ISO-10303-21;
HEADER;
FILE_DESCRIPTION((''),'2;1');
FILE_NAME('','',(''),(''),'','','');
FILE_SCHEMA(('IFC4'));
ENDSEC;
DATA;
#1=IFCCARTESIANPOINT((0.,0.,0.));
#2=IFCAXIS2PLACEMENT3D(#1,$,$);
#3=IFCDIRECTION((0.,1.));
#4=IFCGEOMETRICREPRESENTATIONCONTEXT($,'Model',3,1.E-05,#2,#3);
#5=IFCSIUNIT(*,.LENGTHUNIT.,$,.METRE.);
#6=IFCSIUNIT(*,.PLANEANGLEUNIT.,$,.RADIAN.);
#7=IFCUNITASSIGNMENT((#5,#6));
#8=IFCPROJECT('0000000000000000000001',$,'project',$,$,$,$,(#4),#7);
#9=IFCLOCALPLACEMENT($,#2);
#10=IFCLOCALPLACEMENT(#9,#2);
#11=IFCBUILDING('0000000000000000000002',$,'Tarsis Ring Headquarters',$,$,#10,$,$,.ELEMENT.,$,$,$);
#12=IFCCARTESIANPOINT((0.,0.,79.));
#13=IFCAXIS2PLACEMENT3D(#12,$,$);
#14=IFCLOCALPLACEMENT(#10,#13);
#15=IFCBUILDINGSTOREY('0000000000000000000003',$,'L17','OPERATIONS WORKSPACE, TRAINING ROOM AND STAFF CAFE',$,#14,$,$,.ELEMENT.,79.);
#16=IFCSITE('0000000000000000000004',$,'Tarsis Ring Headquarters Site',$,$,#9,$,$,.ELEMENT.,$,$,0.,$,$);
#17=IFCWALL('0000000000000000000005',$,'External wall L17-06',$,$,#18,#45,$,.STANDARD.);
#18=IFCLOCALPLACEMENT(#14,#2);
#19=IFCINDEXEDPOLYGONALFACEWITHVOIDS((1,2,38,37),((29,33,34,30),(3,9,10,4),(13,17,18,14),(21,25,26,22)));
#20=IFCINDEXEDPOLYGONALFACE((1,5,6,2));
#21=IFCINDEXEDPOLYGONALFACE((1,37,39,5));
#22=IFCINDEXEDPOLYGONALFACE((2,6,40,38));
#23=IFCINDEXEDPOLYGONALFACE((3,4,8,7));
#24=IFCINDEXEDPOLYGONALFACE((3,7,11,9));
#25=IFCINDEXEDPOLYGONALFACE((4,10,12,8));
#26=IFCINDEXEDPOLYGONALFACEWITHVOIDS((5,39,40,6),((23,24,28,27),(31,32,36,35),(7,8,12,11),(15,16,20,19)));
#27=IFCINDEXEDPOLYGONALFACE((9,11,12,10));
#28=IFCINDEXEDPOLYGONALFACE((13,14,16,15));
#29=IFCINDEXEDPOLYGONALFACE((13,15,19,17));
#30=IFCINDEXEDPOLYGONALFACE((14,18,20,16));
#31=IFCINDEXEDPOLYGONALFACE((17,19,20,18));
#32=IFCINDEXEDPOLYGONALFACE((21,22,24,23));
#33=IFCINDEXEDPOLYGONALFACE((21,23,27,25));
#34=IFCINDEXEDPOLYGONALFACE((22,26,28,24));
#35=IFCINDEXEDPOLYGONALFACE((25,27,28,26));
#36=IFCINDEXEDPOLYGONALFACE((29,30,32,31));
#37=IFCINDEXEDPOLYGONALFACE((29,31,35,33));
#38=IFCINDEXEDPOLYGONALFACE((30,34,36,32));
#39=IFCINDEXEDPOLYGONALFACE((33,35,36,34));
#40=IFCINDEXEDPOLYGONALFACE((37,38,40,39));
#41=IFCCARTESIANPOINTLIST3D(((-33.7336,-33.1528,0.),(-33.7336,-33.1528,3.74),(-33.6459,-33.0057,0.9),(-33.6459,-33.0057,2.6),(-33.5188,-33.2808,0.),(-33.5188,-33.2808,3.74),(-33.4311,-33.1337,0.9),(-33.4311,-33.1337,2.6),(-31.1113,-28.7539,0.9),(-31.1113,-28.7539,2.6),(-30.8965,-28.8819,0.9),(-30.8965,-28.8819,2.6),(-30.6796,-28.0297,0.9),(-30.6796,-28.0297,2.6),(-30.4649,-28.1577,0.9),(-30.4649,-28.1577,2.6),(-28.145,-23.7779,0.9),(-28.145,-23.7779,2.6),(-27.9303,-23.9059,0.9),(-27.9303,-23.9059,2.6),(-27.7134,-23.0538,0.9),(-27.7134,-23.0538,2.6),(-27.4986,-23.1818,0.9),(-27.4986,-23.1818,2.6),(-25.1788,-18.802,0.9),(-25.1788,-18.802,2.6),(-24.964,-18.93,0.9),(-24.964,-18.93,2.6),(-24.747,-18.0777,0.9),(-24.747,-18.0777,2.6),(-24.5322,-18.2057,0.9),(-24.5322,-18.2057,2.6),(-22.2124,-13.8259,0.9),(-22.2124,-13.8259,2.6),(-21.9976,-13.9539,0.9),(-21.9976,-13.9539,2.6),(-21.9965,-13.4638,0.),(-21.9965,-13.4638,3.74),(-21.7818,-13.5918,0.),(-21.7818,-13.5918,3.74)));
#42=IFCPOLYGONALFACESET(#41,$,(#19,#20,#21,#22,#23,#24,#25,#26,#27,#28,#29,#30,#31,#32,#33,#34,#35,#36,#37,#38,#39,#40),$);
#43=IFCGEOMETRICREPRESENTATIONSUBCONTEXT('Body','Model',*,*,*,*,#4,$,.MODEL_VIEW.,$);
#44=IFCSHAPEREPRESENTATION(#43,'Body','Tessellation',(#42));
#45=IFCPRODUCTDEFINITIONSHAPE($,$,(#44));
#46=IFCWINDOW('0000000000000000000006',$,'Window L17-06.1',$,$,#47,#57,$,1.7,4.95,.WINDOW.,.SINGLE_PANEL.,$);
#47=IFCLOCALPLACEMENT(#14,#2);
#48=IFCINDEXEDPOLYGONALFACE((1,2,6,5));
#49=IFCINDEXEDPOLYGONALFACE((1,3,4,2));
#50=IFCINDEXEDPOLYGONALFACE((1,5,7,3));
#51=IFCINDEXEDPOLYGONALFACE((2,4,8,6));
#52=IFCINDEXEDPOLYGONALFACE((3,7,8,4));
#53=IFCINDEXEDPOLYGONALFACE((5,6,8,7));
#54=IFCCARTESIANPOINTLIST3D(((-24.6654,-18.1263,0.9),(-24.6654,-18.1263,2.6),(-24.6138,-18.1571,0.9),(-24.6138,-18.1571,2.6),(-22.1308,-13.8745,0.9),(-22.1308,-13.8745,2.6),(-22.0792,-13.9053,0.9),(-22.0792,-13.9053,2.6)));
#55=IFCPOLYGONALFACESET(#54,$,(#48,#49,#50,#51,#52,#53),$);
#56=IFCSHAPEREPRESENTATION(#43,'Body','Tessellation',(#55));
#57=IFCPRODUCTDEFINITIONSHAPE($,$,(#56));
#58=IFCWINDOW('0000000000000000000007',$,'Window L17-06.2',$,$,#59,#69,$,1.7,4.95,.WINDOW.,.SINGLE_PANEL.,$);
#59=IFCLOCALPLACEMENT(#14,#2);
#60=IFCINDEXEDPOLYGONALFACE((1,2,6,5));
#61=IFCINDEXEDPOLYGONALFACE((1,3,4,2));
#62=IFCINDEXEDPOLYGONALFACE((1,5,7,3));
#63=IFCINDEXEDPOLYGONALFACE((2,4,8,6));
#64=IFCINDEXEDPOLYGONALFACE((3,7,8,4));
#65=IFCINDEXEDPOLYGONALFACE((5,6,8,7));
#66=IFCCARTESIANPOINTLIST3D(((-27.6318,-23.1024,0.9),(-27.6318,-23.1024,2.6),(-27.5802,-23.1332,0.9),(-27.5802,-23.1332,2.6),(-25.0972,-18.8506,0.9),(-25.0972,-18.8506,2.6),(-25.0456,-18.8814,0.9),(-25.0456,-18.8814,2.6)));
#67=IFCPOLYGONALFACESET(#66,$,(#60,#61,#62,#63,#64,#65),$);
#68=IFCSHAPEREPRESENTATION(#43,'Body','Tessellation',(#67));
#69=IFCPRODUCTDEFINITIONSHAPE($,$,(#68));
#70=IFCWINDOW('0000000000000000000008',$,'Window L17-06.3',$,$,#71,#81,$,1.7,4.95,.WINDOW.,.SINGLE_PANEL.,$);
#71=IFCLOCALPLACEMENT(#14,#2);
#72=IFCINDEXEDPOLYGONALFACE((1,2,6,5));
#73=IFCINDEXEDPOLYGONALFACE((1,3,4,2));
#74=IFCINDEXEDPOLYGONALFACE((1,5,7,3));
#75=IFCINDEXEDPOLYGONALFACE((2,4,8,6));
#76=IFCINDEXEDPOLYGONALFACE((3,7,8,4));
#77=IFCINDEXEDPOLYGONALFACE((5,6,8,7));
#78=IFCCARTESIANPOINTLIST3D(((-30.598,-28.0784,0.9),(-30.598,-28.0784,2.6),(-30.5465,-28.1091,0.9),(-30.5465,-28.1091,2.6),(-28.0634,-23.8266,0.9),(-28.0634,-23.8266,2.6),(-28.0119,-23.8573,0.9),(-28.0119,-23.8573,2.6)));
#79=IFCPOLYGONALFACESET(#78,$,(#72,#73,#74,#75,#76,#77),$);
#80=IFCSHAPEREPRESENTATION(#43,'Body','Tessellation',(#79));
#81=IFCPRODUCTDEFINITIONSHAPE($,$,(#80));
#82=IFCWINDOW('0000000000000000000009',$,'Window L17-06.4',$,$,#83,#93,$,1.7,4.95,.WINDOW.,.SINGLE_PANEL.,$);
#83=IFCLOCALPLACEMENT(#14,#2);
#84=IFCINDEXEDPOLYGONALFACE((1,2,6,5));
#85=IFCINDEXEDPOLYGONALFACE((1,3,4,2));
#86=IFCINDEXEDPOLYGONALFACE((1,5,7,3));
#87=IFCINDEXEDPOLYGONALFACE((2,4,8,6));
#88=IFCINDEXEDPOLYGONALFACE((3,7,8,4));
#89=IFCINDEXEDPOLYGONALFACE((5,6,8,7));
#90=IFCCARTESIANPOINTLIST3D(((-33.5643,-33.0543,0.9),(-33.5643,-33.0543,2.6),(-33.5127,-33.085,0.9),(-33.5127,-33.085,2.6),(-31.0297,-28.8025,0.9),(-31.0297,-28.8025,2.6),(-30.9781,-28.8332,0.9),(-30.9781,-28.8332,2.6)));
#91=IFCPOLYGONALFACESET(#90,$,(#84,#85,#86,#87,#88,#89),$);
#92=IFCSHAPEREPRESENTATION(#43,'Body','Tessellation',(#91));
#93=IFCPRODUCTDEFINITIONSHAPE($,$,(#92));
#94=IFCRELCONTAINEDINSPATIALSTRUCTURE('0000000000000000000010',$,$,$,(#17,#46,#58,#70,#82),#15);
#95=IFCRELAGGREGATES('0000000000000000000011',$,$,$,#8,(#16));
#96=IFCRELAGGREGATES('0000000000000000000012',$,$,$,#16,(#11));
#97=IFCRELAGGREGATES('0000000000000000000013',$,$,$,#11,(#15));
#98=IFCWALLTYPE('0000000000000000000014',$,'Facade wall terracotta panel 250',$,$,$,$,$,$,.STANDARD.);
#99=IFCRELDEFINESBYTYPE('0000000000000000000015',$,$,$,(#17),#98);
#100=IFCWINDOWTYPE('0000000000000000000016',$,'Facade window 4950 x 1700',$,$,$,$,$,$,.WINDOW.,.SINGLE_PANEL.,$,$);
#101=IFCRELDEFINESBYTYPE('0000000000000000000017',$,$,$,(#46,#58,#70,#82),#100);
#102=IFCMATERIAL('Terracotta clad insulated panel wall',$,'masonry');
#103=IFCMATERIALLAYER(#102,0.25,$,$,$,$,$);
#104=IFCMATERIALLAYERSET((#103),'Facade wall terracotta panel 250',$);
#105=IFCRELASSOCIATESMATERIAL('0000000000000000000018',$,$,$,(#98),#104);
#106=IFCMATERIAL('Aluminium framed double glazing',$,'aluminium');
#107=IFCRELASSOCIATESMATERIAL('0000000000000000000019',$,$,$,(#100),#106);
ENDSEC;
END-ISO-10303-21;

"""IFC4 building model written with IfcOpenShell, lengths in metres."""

from ifc_helpers import new_model, si_unit, direction, frame, frame_2d, origin, place, context, subcontext, project, spatial, rectangle, extrude, material, layer, layer_set, type_object, element, fill, save


model = new_model("IFC4")

# Units and contexts
model_context = context("Model", 3, precision=1e-05, world=origin(), true_north=direction((0.0, 1.0)))
body_context = subcontext(model_context, "Body", "Model", "MODEL_VIEW")
ifc_project = project(units=[si_unit("LENGTHUNIT", "METRE"), si_unit("PLANEANGLEUNIT", "RADIAN")], contexts=[model_context])

# Site, building, storey
site_placement = place(None, origin())
site = spatial("IfcSite", under=ifc_project, at=site_placement, Name="Tarsis Ring Headquarters Site", CompositionType="ELEMENT", RefElevation=0.0)
building_placement = place(site_placement, origin())
building = spatial("IfcBuilding", under=site, at=building_placement, Name="Tarsis Ring Headquarters", CompositionType="ELEMENT")
storey_placement = place(building_placement, frame((0.0, 0.0, 79.0)))
storey = spatial("IfcBuildingStorey", under=building, at=storey_placement, Name="L17", Description="OPERATIONS WORKSPACE, TRAINING ROOM AND STAFF CAFE", CompositionType="ELEMENT", Elevation=79.0)

# Wall, openings, windows
ifc_material_1 = material(Name="Terracotta clad insulated panel wall", Category="masonry")
ifc_layer_1 = layer(ifc_material_1, 0.25)
ifc_layer_set_1 = layer_set([ifc_layer_1], Name="Facade wall terracotta panel 250")
wall_type_1 = type_object("IfcWallType", Name="Facade wall terracotta panel 250", PredefinedType="STANDARD", material=ifc_layer_set_1)
wall_1_placement = place(storey_placement, frame((-21.8892, -13.5278, 0.0), z_axis=(0.0, 0.0, 1.0), x_axis=(-0.512046, -0.858958, 0.0)))
wall_1 = element("IfcWall", 1, at=wall_1_placement, inside=storey, type_object=wall_type_1, Name="External wall L17-06", PredefinedType="STANDARD", context=body_context, shape_type="SweptSolid", body=[
    extrude(rectangle(XDim=22.9219, YDim=0.25, at=frame_2d((11.4609, 0.0))), origin(), (0.0, 0.0, 1.0), 3.74),
])
opening_1_placement = place(wall_1_placement, frame((0.4214, 0.0, 0.8999)))
opening_1 = element("IfcOpeningElement", 2, at=opening_1_placement, cuts=wall_1, PredefinedType="OPENING", context=body_context, shape_type="SweptSolid", body=[
    extrude(rectangle(XDim=4.95, YDim=1.7, at=frame_2d((2.4751, 0.8501))), frame((0.0, 0.135, 0.0), z_axis=(0.0, -1.0, 0.0), x_axis=(1.0, 0.0, 0.0)), (0.0, 0.0, 1.0), 0.27),
])
opening_2_placement = place(wall_1_placement, frame((6.2146, 0.0, 0.8999)))
opening_2 = element("IfcOpeningElement", 3, at=opening_2_placement, cuts=wall_1, PredefinedType="OPENING", context=body_context, shape_type="SweptSolid", body=[
    extrude(rectangle(XDim=4.95, YDim=1.7, at=frame_2d((2.4751, 0.8501))), frame((0.0, 0.135, 0.0), z_axis=(0.0, -1.0, 0.0), x_axis=(1.0, 0.0, 0.0)), (0.0, 0.0, 1.0), 0.27),
])
opening_3_placement = place(wall_1_placement, frame((12.0076, 0.0, 0.8999)))
opening_3 = element("IfcOpeningElement", 4, at=opening_3_placement, cuts=wall_1, PredefinedType="OPENING", context=body_context, shape_type="SweptSolid", body=[
    extrude(rectangle(XDim=4.95, YDim=1.7, at=frame_2d((2.4751, 0.8501))), frame((0.0, 0.135, 0.0), z_axis=(0.0, -1.0, 0.0), x_axis=(1.0, 0.0, 0.0)), (0.0, 0.0, 1.0), 0.27),
])
opening_4_placement = place(wall_1_placement, frame((17.8005, 0.0, 0.8999)))
opening_4 = element("IfcOpeningElement", 5, at=opening_4_placement, cuts=wall_1, PredefinedType="OPENING", context=body_context, shape_type="SweptSolid", body=[
    extrude(rectangle(XDim=4.95, YDim=1.7, at=frame_2d((2.4751, 0.8501))), frame((0.0, 0.135, 0.0), z_axis=(0.0, -1.0, 0.0), x_axis=(1.0, 0.0, 0.0)), (0.0, 0.0, 1.0), 0.27),
])
ifc_material_2 = material(Name="Aluminium framed double glazing", Category="aluminium")
window_type = type_object("IfcWindowType", Name="Facade window 4950 x 1700", PartitioningType="SINGLE_PANEL", PredefinedType="WINDOW", material=ifc_material_2)
window_1_placement = place(opening_1_placement, origin())
window_1 = element("IfcWindow", 6, at=window_1_placement, inside=storey, type_object=window_type, Name="Window L17-06.1", OverallHeight=1.7, OverallWidth=4.95, PartitioningType="SINGLE_PANEL", PredefinedType="WINDOW", context=body_context, shape_type="SweptSolid", body=[
    extrude(rectangle(XDim=4.95, YDim=1.7, at=frame_2d((2.4751, 0.8501))), frame((0.0, 0.03, 0.0), z_axis=(0.0, -1.0, 0.0), x_axis=(1.0, 0.0, 0.0)), (0.0, 0.0, 1.0), 0.0601),
])
fill(opening_1, window_1)
window_2_placement = place(opening_2_placement, origin())
window_2 = element("IfcWindow", 7, at=window_2_placement, inside=storey, type_object=window_type, Name="Window L17-06.2", OverallHeight=1.7, OverallWidth=4.95, PartitioningType="SINGLE_PANEL", PredefinedType="WINDOW", context=body_context, shape_type="SweptSolid", body=[
    extrude(rectangle(XDim=4.95, YDim=1.7, at=frame_2d((2.4751, 0.8501))), frame((0.0, 0.03, 0.0), z_axis=(0.0, -1.0, 0.0), x_axis=(1.0, 0.0, 0.0)), (0.0, 0.0, 1.0), 0.0601),
])
fill(opening_2, window_2)
window_3_placement = place(opening_3_placement, origin())
window_3 = element("IfcWindow", 8, at=window_3_placement, inside=storey, type_object=window_type, Name="Window L17-06.3", OverallHeight=1.7, OverallWidth=4.95, PartitioningType="SINGLE_PANEL", PredefinedType="WINDOW", context=body_context, shape_type="SweptSolid", body=[
    extrude(rectangle(XDim=4.95, YDim=1.7, at=frame_2d((2.4751, 0.8501))), frame((0.0, 0.03, 0.0), z_axis=(0.0, -1.0, 0.0), x_axis=(1.0, 0.0, 0.0)), (0.0, 0.0, 1.0), 0.0601),
])
fill(opening_3, window_3)
window_4_placement = place(opening_4_placement, origin())
window_4 = element("IfcWindow", 9, at=window_4_placement, inside=storey, type_object=window_type, Name="Window L17-06.4", OverallHeight=1.7, OverallWidth=4.95, PartitioningType="SINGLE_PANEL", PredefinedType="WINDOW", context=body_context, shape_type="SweptSolid", body=[
    extrude(rectangle(XDim=4.95, YDim=1.7, at=frame_2d((2.4751, 0.8501))), frame((0.0, 0.03, 0.0), z_axis=(0.0, -1.0, 0.0), x_axis=(1.0, 0.0, 0.0)), (0.0, 0.0, 1.0), 0.0601),
])
fill(opening_4, window_4)

save(model, "model.ifc")
